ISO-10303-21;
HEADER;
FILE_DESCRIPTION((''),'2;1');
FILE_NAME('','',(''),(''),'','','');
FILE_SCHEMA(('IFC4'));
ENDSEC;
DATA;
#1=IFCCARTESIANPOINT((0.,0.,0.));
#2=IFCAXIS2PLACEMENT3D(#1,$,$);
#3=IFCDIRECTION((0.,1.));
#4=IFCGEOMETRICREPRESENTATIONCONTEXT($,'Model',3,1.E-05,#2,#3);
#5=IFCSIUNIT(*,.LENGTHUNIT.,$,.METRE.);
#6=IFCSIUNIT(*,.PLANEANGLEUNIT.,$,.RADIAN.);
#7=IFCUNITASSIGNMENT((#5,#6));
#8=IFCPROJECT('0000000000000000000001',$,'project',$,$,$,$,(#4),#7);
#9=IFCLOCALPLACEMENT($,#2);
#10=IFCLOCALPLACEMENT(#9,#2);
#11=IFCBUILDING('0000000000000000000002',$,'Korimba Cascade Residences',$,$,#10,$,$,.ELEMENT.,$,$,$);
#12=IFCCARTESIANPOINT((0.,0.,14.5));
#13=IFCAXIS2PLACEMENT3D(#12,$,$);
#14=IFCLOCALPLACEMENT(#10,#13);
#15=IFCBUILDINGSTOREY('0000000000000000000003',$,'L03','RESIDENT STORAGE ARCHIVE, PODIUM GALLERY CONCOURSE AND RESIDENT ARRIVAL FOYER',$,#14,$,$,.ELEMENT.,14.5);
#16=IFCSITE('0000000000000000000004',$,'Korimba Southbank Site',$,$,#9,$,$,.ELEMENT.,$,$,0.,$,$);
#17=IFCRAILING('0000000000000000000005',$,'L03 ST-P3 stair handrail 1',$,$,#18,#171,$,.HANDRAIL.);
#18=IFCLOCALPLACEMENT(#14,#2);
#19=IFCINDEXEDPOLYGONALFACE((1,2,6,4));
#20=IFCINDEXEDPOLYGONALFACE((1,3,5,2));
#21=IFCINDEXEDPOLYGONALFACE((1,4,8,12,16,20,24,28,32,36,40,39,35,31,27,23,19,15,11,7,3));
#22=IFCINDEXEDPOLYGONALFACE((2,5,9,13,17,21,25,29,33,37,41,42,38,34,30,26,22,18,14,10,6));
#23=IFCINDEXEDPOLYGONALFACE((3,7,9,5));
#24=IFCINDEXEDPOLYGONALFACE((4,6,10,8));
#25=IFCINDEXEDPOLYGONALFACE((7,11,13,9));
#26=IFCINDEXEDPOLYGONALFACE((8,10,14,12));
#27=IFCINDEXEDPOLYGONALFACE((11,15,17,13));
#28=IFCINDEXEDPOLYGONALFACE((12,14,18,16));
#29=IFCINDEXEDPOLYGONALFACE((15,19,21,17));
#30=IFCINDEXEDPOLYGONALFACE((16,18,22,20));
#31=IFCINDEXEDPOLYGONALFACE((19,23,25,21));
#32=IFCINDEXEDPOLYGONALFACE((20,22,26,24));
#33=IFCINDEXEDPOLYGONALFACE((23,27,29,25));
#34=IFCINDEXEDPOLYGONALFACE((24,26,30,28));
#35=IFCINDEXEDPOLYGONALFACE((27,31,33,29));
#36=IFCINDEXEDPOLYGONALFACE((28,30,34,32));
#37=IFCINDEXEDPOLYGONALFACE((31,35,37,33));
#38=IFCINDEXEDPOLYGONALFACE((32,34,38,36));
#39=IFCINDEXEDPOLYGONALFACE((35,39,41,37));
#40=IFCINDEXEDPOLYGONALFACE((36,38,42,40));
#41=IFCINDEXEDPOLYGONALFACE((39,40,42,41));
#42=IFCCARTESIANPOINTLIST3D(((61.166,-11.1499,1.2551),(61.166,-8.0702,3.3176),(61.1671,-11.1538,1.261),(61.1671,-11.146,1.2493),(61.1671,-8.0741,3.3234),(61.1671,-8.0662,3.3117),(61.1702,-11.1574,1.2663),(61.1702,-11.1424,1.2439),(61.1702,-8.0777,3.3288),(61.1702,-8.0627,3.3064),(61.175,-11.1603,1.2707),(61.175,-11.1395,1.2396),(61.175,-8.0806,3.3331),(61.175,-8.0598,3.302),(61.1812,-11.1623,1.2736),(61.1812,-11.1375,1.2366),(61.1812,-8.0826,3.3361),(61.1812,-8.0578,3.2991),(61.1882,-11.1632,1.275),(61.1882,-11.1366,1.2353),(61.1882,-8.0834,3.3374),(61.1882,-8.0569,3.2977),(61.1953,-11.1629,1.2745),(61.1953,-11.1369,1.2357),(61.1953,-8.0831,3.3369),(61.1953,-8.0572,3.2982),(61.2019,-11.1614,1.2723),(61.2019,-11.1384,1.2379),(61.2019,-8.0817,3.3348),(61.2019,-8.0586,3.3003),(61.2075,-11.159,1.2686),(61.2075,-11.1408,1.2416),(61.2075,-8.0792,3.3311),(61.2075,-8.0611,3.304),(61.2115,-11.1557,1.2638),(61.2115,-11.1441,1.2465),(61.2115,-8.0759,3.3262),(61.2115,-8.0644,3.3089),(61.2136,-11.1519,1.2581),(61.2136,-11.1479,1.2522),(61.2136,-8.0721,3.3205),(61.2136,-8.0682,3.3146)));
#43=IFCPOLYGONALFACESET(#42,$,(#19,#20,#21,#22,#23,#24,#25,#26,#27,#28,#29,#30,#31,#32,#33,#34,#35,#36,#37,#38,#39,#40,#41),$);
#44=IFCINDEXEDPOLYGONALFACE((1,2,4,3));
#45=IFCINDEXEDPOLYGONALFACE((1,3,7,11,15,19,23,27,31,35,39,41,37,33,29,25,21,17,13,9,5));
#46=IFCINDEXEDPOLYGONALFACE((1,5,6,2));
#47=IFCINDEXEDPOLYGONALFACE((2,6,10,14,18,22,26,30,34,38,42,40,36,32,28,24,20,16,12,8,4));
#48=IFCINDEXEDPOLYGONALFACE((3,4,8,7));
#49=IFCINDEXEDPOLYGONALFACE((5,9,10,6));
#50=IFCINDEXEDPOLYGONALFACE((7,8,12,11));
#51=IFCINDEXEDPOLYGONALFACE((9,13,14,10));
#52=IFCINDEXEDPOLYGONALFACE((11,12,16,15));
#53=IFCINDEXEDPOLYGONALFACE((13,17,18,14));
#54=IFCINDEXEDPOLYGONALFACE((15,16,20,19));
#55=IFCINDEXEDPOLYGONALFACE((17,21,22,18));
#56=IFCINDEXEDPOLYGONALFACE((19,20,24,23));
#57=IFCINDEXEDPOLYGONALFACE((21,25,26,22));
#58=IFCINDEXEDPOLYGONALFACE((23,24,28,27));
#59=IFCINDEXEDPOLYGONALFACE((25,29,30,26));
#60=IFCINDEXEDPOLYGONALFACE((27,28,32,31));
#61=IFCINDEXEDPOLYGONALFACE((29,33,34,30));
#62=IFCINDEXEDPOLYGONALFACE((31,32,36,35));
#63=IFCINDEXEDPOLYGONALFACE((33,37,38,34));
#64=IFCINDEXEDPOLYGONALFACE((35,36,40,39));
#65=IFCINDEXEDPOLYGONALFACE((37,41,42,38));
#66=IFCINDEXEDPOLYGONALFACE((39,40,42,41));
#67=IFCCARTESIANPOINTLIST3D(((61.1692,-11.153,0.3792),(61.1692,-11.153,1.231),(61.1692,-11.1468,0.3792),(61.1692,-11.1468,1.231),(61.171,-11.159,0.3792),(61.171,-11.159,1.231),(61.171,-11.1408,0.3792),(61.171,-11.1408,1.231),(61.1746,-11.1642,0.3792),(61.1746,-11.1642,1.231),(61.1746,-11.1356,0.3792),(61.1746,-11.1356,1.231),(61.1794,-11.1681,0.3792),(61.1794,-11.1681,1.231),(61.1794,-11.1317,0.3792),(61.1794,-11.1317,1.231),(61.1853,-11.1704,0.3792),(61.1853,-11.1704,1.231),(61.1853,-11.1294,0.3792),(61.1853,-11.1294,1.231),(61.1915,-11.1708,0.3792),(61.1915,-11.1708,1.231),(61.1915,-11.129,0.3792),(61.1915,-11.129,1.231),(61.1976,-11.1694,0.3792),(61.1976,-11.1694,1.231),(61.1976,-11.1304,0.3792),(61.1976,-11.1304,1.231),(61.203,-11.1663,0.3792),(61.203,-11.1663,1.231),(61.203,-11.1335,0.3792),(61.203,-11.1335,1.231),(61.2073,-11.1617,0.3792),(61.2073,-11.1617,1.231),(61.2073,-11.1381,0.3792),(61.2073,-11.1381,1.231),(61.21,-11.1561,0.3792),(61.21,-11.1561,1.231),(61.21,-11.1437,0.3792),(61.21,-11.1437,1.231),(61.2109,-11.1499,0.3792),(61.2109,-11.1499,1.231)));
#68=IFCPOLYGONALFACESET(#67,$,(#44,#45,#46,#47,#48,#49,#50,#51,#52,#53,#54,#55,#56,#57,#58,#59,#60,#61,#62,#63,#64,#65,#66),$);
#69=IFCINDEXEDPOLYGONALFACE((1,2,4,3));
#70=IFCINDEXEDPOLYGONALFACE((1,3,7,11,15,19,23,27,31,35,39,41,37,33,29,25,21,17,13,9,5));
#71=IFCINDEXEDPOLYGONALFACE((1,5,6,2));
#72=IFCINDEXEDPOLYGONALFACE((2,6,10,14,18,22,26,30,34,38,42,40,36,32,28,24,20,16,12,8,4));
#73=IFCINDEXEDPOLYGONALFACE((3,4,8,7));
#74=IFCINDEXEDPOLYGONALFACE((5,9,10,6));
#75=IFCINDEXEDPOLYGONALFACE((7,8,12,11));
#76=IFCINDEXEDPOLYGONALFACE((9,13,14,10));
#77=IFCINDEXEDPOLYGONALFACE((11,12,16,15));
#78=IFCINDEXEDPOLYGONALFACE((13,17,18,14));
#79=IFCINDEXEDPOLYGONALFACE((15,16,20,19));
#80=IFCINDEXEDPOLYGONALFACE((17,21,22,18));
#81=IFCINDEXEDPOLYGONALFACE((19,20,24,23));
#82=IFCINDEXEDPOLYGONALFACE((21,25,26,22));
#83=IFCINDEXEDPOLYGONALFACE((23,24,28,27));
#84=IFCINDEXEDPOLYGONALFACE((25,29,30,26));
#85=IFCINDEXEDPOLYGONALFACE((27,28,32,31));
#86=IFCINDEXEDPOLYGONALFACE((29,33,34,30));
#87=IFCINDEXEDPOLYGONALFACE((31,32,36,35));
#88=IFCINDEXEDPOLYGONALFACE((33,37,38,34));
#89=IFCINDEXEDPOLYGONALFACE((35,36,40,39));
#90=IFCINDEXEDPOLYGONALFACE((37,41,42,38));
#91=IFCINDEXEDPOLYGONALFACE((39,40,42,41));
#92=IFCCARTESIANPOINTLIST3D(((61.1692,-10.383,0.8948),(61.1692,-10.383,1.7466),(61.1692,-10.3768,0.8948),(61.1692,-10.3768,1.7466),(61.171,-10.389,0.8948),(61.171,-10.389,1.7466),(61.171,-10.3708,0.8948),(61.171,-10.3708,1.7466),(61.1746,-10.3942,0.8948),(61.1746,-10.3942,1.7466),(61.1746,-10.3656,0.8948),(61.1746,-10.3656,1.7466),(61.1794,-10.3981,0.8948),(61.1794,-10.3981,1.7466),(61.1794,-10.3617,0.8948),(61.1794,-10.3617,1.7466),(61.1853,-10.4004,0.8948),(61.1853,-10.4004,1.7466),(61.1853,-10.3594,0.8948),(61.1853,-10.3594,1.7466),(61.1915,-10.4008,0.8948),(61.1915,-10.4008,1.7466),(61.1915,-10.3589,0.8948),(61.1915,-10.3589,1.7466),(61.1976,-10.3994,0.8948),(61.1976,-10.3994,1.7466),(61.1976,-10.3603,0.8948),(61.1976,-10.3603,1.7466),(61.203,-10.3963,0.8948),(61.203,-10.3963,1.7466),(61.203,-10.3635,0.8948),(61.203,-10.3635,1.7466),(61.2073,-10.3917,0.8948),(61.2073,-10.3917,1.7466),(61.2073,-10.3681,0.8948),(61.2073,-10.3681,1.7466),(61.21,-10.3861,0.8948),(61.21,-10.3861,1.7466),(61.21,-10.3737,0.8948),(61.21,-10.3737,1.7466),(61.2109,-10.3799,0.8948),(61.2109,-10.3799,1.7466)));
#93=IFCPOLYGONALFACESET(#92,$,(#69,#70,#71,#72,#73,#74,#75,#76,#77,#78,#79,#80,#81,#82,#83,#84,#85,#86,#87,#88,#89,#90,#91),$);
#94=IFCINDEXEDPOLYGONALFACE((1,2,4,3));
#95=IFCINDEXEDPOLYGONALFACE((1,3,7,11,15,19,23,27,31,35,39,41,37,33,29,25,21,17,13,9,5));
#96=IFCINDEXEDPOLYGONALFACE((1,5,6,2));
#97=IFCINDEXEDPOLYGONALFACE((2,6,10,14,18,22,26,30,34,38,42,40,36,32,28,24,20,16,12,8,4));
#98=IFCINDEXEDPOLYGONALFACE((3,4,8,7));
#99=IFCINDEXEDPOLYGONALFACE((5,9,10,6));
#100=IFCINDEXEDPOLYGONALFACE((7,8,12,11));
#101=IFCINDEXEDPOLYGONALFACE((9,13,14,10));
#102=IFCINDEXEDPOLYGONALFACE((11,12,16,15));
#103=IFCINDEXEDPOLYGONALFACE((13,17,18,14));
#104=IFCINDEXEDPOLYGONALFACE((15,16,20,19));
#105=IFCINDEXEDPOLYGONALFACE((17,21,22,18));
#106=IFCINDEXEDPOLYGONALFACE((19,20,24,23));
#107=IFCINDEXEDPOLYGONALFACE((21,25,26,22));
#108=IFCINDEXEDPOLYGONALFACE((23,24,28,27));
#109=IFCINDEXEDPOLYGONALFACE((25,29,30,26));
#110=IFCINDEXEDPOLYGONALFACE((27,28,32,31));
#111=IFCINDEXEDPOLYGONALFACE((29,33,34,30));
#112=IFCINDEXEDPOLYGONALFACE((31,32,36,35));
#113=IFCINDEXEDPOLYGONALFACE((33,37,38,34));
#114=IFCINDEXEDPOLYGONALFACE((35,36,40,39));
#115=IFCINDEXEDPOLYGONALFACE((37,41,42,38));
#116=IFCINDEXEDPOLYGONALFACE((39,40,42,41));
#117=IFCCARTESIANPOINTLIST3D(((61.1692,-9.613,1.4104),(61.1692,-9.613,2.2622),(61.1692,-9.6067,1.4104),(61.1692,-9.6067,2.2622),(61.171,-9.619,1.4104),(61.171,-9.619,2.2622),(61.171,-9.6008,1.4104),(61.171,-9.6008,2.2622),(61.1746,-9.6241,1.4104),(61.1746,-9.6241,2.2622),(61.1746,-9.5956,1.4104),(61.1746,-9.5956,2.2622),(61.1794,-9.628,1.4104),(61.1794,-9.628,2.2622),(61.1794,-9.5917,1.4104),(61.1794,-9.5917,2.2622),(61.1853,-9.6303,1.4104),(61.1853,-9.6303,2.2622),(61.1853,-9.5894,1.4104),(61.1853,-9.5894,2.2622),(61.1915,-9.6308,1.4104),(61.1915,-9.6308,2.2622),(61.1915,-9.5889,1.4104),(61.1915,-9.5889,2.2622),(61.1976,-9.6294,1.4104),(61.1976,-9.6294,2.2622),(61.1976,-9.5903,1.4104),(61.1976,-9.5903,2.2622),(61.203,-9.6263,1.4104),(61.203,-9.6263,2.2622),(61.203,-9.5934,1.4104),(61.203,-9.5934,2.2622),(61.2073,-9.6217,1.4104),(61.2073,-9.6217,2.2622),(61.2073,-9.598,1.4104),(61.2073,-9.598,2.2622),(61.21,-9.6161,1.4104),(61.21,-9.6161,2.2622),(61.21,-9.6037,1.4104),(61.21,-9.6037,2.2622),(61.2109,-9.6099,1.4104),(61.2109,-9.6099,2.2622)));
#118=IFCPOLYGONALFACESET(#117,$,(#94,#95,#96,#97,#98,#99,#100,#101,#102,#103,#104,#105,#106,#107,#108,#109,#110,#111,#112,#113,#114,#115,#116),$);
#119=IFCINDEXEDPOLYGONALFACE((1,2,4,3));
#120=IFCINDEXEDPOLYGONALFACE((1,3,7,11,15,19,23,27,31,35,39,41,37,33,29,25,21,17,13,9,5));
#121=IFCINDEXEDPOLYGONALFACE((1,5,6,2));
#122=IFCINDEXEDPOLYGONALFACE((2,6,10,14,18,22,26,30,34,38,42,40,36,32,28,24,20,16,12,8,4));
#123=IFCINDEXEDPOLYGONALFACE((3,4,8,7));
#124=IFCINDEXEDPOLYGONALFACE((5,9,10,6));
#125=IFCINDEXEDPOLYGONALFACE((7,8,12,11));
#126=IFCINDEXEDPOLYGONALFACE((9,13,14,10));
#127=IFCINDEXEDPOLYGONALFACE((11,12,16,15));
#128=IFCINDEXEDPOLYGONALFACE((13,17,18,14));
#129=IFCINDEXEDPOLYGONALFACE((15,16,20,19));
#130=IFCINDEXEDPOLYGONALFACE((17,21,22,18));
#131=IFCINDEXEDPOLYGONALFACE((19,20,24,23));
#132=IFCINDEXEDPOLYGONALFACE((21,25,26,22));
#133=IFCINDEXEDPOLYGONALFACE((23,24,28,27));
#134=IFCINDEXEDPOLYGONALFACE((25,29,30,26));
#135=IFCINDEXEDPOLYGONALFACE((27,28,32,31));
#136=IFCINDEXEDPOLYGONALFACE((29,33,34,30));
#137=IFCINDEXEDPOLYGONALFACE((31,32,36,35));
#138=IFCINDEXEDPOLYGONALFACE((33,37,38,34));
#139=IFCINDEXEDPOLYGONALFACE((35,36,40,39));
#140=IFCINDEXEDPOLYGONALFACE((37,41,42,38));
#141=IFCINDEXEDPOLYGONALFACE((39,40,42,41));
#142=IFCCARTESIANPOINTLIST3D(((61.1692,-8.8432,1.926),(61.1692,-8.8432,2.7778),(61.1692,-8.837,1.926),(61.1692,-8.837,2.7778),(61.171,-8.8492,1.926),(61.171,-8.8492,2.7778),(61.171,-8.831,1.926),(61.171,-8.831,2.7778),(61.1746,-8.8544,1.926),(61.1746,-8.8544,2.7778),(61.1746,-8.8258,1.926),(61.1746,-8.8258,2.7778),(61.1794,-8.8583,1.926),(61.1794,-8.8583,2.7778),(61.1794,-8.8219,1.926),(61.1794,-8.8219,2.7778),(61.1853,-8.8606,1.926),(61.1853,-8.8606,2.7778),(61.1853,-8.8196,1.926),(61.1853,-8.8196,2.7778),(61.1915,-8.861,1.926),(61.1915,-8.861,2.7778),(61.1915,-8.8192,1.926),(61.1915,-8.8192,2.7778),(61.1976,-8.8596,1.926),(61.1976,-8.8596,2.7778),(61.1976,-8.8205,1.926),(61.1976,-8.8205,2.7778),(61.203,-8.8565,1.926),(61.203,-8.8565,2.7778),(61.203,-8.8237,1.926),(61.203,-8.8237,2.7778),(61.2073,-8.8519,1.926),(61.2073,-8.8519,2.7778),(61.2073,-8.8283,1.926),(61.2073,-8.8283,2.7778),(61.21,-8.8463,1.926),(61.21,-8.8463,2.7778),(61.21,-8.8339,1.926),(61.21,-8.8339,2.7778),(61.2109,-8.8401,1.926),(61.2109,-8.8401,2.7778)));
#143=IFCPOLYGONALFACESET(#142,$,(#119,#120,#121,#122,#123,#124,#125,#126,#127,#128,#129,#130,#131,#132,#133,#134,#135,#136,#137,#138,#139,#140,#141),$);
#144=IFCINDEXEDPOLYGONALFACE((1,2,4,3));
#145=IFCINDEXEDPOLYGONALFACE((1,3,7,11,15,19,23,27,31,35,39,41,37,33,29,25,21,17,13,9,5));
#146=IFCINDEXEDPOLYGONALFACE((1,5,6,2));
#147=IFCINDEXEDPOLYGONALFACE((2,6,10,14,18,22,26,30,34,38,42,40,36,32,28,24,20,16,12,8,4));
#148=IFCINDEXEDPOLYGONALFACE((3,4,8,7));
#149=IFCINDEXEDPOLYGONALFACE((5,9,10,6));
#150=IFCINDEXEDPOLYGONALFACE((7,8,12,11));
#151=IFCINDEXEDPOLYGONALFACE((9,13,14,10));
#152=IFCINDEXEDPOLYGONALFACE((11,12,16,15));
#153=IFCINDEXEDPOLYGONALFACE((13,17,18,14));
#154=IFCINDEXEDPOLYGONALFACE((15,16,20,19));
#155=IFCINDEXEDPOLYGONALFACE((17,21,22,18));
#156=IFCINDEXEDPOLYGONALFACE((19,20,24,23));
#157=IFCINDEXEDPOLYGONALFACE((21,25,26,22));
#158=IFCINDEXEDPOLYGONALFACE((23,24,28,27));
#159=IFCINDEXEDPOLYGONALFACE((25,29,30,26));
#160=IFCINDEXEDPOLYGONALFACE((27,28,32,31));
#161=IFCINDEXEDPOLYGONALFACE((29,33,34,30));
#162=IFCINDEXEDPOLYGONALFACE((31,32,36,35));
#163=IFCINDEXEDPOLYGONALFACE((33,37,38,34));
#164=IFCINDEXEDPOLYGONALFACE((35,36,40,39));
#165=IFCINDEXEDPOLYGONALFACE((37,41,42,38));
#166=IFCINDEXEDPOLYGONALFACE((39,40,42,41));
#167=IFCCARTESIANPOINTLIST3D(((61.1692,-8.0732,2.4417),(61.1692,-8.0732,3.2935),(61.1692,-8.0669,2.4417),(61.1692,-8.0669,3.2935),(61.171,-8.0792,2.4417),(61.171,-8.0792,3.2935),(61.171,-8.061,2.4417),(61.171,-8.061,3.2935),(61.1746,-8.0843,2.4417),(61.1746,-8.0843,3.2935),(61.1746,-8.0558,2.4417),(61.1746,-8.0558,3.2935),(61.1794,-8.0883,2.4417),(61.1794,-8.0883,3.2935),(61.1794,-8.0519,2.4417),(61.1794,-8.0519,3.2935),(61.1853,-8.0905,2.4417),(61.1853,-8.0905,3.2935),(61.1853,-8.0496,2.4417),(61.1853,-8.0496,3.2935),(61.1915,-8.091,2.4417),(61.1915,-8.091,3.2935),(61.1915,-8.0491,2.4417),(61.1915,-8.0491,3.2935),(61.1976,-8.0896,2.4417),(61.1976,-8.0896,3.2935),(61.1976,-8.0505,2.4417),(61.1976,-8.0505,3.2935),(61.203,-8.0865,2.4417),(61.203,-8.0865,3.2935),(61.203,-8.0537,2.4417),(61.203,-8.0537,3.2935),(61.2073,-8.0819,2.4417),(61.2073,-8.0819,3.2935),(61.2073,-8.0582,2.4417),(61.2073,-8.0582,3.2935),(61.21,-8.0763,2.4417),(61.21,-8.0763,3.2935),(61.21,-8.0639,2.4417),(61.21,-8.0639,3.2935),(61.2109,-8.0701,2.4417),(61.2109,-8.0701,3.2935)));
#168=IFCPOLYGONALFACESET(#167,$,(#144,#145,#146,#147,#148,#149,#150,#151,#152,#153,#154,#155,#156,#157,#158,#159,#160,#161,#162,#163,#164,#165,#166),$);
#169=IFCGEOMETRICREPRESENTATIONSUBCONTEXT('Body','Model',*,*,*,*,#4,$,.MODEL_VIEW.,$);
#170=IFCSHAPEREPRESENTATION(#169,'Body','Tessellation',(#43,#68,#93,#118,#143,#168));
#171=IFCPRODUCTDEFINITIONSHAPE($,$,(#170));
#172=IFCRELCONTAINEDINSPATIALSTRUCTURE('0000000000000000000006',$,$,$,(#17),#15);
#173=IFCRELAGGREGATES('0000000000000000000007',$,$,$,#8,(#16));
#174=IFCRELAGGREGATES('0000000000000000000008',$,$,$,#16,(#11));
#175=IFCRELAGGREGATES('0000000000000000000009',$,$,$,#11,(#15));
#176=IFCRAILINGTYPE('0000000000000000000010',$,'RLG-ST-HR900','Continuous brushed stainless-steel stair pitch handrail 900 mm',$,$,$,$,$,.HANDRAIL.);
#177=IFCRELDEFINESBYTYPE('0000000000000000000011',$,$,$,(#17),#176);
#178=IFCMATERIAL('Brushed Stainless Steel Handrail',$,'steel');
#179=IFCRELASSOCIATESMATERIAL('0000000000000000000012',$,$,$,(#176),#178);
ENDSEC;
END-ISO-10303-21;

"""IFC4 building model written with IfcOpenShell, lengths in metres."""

from ifc_helpers import new_model, si_unit, direction, frame, origin, origin_2d, place, context, subcontext, project, spatial, circle, extrude, material, type_object, element, save


model = new_model("IFC4")

# Units and contexts
model_context = context("Model", 3, precision=1e-05, world=origin(), true_north=direction((0.0, 1.0)))
body_context = subcontext(model_context, "Body", "Model", "MODEL_VIEW")
ifc_project = project(units=[si_unit("LENGTHUNIT", "METRE"), si_unit("PLANEANGLEUNIT", "RADIAN")], contexts=[model_context])

# Site, building, storey
site_placement = place(None, origin())
site = spatial("IfcSite", under=ifc_project, at=site_placement, Name="Korimba Southbank Site", CompositionType="ELEMENT", RefElevation=0.0)
building_placement = place(site_placement, origin())
building = spatial("IfcBuilding", under=site, at=building_placement, Name="Korimba Cascade Residences", CompositionType="ELEMENT")
storey_placement = place(building_placement, frame((0.0, 0.0, 14.5)))
storey = spatial("IfcBuildingStorey", under=building, at=storey_placement, Name="L03", Description="RESIDENT STORAGE ARCHIVE, PODIUM GALLERY CONCOURSE AND RESIDENT ARRIVAL FOYER", CompositionType="ELEMENT", Elevation=14.5)

# Railing
ifc_material_1 = material(Name="Brushed Stainless Steel Handrail", Category="steel")
railing_type_1 = type_object("IfcRailingType", Name="RLG-ST-HR900", Description="Continuous brushed stainless-steel stair pitch handrail 900 mm", PredefinedType="HANDRAIL", material=ifc_material_1)
railing_1_placement = place(storey_placement, frame((61.1899, -11.1499, 0.3792)))
element("IfcRailing", 1, at=railing_1_placement, inside=storey, type_object=railing_type_1, Name="L03 ST-P3 stair handrail 1", PredefinedType="HANDRAIL", context=body_context, shape_type="SweptSolid", body=[
    extrude(circle(Radius=0.0239, at=origin_2d()), frame((0.0, 0.0, 0.876), z_axis=(0.0, 0.830893, 0.556432), x_axis=(-1.0, 0.0, 0.0)), (0.0, 0.0, 1.0), 3.7065),
    extrude(circle(Radius=0.021, at=origin_2d()), origin(), (0.0, 0.0, 1.0), 0.8518),
    extrude(circle(Radius=0.021, at=origin_2d()), frame((0.0, 0.77, 0.5156)), (0.0, 0.0, 1.0), 0.8518),
    extrude(circle(Radius=0.021, at=origin_2d()), frame((0.0, 1.54, 1.0312)), (0.0, 0.0, 1.0), 0.8518),
    extrude(circle(Radius=0.021, at=origin_2d()), frame((0.0, 2.3098, 1.5469)), (0.0, 0.0, 1.0), 0.8518),
    extrude(circle(Radius=0.021, at=origin_2d()), frame((0.0, 3.0798, 2.0625)), (0.0, 0.0, 1.0), 0.8518),
])

save(model, "model.ifc")
